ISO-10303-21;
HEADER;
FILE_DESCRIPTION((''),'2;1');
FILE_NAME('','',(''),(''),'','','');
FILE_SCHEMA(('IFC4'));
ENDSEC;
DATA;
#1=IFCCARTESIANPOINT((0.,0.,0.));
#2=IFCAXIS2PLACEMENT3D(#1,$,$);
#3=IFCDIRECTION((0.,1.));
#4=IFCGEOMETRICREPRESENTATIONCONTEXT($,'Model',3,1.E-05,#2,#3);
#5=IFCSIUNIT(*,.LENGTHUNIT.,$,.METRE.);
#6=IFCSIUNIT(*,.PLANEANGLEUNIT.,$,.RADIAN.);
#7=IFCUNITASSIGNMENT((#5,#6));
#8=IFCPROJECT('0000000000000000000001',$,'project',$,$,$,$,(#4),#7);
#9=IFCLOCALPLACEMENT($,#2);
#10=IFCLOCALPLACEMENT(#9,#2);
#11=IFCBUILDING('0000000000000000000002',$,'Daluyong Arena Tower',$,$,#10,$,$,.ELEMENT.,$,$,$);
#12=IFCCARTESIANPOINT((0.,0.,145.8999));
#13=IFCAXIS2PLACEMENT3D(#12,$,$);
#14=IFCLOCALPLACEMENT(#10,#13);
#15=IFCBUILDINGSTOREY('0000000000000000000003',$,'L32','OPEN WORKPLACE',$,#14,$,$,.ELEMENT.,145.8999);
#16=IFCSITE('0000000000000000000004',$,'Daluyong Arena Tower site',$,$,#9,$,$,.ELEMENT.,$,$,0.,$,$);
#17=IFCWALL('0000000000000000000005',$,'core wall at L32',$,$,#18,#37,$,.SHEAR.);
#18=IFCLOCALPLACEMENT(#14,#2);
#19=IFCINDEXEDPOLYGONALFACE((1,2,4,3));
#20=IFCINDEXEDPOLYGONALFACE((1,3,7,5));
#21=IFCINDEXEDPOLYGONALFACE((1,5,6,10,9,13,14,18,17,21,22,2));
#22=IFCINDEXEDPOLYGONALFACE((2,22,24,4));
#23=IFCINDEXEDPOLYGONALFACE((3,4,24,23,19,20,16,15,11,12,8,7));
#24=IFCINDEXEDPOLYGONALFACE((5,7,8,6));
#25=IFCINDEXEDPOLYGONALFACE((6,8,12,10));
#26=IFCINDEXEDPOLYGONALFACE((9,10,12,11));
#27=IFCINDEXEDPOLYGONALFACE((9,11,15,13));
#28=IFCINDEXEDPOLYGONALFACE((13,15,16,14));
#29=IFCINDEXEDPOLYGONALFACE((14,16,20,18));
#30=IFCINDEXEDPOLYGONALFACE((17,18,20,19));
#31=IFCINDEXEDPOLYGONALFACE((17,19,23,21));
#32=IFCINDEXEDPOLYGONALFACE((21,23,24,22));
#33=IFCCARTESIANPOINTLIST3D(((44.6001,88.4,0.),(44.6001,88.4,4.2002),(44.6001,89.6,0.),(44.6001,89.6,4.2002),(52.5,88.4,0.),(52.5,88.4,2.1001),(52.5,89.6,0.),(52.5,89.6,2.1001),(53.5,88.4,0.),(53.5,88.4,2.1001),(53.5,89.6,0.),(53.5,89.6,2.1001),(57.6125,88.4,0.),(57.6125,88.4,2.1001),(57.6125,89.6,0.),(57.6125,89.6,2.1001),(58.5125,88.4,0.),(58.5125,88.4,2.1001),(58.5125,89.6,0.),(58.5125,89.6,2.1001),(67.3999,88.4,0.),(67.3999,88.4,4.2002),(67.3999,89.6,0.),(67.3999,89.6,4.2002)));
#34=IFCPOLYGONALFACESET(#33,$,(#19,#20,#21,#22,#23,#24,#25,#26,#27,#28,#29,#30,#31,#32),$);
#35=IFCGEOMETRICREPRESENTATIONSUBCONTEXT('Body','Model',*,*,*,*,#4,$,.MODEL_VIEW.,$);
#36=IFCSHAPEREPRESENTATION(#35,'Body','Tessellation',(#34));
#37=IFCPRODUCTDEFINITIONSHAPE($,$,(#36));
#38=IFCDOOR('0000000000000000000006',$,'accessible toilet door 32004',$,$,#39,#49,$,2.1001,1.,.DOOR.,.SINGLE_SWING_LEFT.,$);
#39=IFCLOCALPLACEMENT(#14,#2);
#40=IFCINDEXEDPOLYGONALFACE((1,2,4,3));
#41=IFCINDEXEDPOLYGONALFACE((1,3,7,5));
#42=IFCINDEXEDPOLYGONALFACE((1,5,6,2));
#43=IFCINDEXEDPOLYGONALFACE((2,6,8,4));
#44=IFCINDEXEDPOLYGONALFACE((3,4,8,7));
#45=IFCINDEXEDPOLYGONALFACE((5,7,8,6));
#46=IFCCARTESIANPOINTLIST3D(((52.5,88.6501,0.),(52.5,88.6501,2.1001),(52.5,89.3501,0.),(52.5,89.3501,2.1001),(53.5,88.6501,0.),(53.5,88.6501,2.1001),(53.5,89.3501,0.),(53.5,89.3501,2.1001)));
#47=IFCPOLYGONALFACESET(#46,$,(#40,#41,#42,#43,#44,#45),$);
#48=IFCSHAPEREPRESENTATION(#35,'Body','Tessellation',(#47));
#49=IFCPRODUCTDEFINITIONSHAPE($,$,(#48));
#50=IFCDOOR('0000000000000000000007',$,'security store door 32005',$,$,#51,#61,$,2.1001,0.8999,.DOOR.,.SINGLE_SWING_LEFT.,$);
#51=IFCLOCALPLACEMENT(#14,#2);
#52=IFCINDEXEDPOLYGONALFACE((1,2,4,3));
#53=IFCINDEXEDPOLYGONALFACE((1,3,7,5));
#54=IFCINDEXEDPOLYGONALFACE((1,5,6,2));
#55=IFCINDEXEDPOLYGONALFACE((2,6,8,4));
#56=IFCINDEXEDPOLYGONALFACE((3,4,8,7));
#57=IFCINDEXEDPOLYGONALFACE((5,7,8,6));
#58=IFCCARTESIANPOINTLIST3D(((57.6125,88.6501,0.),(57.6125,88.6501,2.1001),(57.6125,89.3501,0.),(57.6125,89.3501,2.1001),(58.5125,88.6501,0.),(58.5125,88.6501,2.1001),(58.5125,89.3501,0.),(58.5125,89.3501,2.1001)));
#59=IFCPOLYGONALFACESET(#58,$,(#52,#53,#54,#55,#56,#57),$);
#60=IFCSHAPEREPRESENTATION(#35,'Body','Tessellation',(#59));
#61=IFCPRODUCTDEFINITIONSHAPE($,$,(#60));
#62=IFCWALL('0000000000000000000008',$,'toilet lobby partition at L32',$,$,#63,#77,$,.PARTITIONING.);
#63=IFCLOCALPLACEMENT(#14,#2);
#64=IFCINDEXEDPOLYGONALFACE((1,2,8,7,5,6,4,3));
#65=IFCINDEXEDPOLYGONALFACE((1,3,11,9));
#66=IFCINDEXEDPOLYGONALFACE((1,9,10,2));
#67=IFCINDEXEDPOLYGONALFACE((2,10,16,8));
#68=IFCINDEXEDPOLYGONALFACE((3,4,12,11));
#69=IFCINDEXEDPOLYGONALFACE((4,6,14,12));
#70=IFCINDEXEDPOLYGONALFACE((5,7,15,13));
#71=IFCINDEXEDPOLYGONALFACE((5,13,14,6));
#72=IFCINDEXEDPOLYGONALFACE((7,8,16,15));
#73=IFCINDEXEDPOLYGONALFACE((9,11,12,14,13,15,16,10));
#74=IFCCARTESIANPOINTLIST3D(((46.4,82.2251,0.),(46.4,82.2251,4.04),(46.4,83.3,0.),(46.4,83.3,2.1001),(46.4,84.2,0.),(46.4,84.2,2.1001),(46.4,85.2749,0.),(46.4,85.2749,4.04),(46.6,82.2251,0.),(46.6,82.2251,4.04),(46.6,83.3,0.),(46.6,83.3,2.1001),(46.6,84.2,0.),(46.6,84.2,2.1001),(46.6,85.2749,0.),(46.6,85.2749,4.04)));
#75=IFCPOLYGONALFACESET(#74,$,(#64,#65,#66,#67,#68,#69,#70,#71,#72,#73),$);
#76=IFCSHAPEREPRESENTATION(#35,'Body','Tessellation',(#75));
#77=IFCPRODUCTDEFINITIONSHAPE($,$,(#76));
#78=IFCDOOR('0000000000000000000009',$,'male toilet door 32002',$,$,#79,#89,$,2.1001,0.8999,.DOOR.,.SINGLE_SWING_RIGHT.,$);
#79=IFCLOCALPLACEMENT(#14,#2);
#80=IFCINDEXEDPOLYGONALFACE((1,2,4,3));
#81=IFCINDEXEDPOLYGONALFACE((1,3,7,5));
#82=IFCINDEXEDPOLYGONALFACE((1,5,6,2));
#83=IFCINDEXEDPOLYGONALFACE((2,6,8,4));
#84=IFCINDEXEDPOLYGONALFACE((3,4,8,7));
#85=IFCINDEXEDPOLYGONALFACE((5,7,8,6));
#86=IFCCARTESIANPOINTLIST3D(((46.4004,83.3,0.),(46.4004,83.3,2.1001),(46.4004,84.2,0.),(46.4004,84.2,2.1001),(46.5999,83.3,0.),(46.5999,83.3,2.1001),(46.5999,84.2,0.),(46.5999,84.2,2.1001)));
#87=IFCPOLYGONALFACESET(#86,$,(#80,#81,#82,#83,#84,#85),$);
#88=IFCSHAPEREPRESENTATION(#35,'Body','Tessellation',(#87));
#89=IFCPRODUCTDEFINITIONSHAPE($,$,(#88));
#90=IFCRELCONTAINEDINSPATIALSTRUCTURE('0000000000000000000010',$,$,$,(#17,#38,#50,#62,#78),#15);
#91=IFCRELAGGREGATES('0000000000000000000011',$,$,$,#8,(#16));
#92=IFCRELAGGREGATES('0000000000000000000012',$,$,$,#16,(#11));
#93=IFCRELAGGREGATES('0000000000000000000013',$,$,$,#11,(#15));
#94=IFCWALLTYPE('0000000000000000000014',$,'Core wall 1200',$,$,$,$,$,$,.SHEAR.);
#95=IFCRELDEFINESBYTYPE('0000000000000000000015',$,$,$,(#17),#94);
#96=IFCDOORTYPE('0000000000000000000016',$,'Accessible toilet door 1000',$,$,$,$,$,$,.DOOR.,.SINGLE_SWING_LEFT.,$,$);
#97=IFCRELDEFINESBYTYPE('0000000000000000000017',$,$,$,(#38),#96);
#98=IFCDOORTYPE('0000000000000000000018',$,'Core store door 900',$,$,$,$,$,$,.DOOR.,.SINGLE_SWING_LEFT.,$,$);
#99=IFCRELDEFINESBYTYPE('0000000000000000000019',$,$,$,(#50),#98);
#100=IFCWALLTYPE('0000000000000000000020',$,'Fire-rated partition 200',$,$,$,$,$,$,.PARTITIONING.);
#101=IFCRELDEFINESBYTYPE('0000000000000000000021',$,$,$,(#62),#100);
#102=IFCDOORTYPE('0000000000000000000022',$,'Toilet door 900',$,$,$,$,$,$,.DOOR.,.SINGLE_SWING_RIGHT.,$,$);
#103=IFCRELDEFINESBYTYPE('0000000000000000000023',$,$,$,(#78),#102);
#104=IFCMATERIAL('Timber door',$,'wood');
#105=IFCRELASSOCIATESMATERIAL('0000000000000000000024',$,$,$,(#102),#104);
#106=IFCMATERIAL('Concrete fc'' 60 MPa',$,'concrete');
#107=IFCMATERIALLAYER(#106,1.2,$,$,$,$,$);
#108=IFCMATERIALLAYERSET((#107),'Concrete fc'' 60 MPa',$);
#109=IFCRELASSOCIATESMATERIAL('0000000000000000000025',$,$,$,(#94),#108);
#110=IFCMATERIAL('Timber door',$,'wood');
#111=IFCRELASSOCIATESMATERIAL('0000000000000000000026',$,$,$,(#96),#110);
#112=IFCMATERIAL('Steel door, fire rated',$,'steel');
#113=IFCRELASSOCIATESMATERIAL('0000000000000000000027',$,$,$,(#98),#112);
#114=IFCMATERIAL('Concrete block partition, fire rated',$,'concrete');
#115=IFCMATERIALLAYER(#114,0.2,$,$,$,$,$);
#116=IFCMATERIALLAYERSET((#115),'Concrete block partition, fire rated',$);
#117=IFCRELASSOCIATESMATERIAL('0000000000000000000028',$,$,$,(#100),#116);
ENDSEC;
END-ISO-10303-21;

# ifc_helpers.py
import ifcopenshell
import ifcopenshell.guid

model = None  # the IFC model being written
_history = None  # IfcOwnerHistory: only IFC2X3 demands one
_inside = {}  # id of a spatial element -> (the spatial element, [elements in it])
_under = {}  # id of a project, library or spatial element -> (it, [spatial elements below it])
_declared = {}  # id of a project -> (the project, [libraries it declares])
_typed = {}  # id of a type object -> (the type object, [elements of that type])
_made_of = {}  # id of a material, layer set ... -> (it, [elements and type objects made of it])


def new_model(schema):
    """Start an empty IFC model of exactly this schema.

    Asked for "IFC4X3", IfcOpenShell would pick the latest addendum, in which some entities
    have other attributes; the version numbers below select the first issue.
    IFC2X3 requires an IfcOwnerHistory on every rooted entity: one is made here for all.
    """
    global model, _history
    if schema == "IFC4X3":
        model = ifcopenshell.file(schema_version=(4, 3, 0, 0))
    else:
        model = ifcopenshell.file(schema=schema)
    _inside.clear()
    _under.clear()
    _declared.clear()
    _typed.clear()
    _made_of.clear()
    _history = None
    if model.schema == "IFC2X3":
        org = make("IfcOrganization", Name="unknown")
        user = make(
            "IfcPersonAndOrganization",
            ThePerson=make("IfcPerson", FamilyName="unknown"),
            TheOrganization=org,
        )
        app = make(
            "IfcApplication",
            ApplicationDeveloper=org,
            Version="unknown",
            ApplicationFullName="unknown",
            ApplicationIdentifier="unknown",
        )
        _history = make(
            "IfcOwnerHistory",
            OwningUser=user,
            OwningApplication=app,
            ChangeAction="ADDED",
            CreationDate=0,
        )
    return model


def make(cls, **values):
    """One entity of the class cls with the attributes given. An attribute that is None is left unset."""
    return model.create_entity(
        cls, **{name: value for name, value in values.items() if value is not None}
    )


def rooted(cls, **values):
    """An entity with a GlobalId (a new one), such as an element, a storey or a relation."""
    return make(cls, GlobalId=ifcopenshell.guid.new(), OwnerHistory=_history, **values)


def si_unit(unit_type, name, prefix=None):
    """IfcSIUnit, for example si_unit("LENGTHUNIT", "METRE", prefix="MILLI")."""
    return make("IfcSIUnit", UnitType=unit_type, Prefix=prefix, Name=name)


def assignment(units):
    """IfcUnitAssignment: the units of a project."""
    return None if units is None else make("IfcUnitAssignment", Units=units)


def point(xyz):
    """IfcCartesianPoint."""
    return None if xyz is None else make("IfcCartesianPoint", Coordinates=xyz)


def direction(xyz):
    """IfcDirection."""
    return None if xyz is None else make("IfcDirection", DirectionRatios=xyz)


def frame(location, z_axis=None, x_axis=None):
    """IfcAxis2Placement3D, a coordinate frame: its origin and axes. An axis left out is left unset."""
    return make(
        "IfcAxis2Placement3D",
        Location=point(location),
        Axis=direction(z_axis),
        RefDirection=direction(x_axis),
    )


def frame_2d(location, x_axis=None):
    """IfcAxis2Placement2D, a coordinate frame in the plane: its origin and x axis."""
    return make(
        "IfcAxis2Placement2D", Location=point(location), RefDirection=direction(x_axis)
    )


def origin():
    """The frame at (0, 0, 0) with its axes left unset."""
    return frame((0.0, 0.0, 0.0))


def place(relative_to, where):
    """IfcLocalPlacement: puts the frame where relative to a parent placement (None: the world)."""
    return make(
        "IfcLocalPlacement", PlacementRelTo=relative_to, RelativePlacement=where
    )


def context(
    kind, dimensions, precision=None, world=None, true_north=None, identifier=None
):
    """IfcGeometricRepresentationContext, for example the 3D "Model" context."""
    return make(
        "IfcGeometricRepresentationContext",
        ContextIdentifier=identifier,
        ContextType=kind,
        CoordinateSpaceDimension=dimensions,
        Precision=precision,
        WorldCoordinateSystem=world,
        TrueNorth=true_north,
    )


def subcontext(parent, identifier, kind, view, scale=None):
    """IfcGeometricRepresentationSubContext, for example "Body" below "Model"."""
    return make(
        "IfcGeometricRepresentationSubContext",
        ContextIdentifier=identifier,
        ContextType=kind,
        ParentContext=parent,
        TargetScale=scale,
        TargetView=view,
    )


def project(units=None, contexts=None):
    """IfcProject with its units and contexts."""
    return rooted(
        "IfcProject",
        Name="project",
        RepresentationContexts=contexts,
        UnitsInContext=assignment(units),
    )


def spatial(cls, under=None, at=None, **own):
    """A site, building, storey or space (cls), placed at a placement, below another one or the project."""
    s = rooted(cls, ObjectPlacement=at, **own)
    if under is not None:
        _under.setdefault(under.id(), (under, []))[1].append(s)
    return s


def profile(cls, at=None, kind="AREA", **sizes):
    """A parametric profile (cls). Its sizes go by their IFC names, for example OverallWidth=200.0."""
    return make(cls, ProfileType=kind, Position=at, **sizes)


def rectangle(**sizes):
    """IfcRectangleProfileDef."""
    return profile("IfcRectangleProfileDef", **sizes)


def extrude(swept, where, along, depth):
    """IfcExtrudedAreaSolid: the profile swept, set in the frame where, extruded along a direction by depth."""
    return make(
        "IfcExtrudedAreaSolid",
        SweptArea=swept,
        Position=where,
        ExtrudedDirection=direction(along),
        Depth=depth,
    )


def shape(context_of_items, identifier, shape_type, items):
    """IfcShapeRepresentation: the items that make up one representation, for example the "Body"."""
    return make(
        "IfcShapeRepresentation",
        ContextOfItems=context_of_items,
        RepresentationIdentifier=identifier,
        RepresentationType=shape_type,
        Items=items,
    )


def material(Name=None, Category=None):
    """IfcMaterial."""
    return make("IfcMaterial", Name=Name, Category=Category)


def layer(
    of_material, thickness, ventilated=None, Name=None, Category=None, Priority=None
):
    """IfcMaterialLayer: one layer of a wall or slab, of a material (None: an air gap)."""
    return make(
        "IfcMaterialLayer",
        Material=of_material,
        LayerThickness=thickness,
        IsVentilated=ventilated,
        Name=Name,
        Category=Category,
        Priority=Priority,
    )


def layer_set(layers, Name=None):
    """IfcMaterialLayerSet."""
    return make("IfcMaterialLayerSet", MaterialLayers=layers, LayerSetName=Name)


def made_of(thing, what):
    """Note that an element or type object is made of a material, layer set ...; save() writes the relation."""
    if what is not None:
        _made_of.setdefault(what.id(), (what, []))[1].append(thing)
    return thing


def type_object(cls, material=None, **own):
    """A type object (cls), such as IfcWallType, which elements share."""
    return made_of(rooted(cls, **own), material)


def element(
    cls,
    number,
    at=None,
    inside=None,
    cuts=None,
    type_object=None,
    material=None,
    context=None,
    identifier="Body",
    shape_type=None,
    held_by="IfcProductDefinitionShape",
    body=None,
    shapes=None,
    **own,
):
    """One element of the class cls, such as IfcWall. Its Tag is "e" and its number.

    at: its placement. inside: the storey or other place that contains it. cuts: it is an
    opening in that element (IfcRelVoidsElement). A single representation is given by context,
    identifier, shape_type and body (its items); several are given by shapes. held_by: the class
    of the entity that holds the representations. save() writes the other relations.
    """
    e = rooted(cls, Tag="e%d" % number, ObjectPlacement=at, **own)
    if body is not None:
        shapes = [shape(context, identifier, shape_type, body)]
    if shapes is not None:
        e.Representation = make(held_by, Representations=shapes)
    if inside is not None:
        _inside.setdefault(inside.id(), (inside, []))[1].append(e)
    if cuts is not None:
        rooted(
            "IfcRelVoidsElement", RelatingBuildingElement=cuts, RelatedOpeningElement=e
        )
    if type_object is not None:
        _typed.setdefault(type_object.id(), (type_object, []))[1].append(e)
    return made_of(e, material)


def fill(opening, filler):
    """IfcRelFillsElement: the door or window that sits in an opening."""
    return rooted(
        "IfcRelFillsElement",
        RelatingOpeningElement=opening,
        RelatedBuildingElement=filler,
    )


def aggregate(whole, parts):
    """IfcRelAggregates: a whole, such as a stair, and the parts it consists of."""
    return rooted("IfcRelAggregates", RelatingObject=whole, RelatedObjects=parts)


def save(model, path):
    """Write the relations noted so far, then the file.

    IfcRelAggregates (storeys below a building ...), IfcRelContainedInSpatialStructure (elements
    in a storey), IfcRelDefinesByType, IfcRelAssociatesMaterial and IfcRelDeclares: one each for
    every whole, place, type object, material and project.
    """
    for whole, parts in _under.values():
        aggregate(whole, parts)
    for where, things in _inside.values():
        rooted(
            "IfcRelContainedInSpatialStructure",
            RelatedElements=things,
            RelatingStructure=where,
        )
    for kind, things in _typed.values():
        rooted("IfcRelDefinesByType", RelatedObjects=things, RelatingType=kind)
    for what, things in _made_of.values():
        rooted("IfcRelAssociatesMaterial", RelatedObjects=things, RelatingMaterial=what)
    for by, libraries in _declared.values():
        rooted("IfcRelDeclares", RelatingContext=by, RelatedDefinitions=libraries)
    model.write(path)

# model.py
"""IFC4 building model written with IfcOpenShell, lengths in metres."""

from ifc_helpers import new_model, si_unit, direction, frame, frame_2d, origin, place, context, subcontext, project, spatial, rectangle, extrude, material, layer, layer_set, type_object, element, fill, save


model = new_model("IFC4")

# Units and contexts
model_context = context("Model", 3, precision=1e-05, world=origin(), true_north=direction((0.0, 1.0)))
body_context = subcontext(model_context, "Body", "Model", "MODEL_VIEW")
ifc_project = project(units=[si_unit("LENGTHUNIT", "METRE"), si_unit("PLANEANGLEUNIT", "RADIAN")], contexts=[model_context])

# Site, building, storey
site_placement = place(None, origin())
site = spatial("IfcSite", under=ifc_project, at=site_placement, Name="Daluyong Arena Tower site", CompositionType="ELEMENT", RefElevation=0.0)
building_placement = place(site_placement, origin())
building = spatial("IfcBuilding", under=site, at=building_placement, Name="Daluyong Arena Tower", CompositionType="ELEMENT")
storey_placement = place(building_placement, frame((0.0, 0.0, 145.8999)))
storey = spatial("IfcBuildingStorey", under=building, at=storey_placement, Name="L32", Description="OPEN WORKPLACE", CompositionType="ELEMENT", Elevation=145.8999)

# Shared definitions
ifc_material_1 = material(Name="Timber door", Category="wood")
door_type_1 = type_object("IfcDoorType", Name="Toilet door 900", OperationType="SINGLE_SWING_RIGHT", PredefinedType="DOOR", material=ifc_material_1)

# Wall, openings, doors
ifc_material_2 = material(Name="Concrete fc' 60 MPa", Category="concrete")
ifc_layer_1 = layer(ifc_material_2, 1.2)
ifc_layer_set_1 = layer_set([ifc_layer_1], Name="Concrete fc' 60 MPa")
wall_type_1 = type_object("IfcWallType", Name="Core wall 1200", PredefinedType="SHEAR", material=ifc_layer_set_1)
wall_1_placement = place(storey_placement, frame((44.6001, 89.0, 0.0), z_axis=(0.0, 0.0, 1.0), x_axis=(1.0, 0.0, 0.0)))
wall_1 = element("IfcWall", 1, at=wall_1_placement, inside=storey, type_object=wall_type_1, Name="core wall at L32", PredefinedType="SHEAR", context=body_context, shape_type="SweptSolid", body=[
    extrude(rectangle(XDim=22.7998, YDim=1.2, at=frame_2d((11.3999, 0.0))), origin(), (0.0, 0.0, 1.0), 4.2002),
])
opening_1_placement = place(wall_1_placement, frame((7.8999, 0.0, 0.0)))
opening_1 = element("IfcOpeningElement", 2, at=opening_1_placement, cuts=wall_1, PredefinedType="OPENING", context=body_context, shape_type="SweptSolid", body=[
    extrude(rectangle(XDim=1.0, YDim=2.1001, at=frame_2d((0.5, 1.05))), frame((0.0, 0.6099, 0.0), z_axis=(0.0, -1.0, 0.0), x_axis=(1.0, 0.0, 0.0)), (0.0, 0.0, 1.0), 1.22),
])
opening_2_placement = place(wall_1_placement, frame((13.0125, 0.0, 0.0)))
opening_2 = element("IfcOpeningElement", 3, at=opening_2_placement, cuts=wall_1, PredefinedType="OPENING", context=body_context, shape_type="SweptSolid", body=[
    extrude(rectangle(XDim=0.8999, YDim=2.1001, at=frame_2d((0.45, 1.05))), frame((0.0, 0.6099, 0.0), z_axis=(0.0, -1.0, 0.0), x_axis=(1.0, 0.0, 0.0)), (0.0, 0.0, 1.0), 1.22),
])
ifc_material_3 = material(Name="Timber door", Category="wood")
door_type_2 = type_object("IfcDoorType", Name="Accessible toilet door 1000", OperationType="SINGLE_SWING_LEFT", PredefinedType="DOOR", material=ifc_material_3)
door_1_placement = place(opening_1_placement, origin())
door_1 = element("IfcDoor", 4, at=door_1_placement, inside=storey, type_object=door_type_2, Name="accessible toilet door 32004", OperationType="SINGLE_SWING_LEFT", OverallHeight=2.1001, OverallWidth=1.0, PredefinedType="DOOR", context=body_context, shape_type="SweptSolid", body=[
    extrude(rectangle(XDim=1.0, YDim=2.1001, at=frame_2d((0.5, 1.05))), frame((0.0, 0.3501, 0.0), z_axis=(0.0, -1.0, 0.0), x_axis=(1.0, 0.0, 0.0)), (0.0, 0.0, 1.0), 0.7),
])
fill(opening_1, door_1)
ifc_material_4 = material(Name="Steel door, fire rated", Category="steel")
door_type_3 = type_object("IfcDoorType", Name="Core store door 900", OperationType="SINGLE_SWING_LEFT", PredefinedType="DOOR", material=ifc_material_4)
door_2_placement = place(opening_2_placement, origin())
door_2 = element("IfcDoor", 5, at=door_2_placement, inside=storey, type_object=door_type_3, Name="security store door 32005", OperationType="SINGLE_SWING_LEFT", OverallHeight=2.1001, OverallWidth=0.8999, PredefinedType="DOOR", context=body_context, shape_type="SweptSolid", body=[
    extrude(rectangle(XDim=0.8999, YDim=2.1001, at=frame_2d((0.45, 1.05))), frame((0.0, 0.3501, 0.0), z_axis=(0.0, -1.0, 0.0), x_axis=(1.0, 0.0, 0.0)), (0.0, 0.0, 1.0), 0.7),
])
fill(opening_2, door_2)

# Wall, opening, door
ifc_material_5 = material(Name="Concrete block partition, fire rated", Category="concrete")
ifc_layer_2 = layer(ifc_material_5, 0.2)
ifc_layer_set_2 = layer_set([ifc_layer_2], Name="Concrete block partition, fire rated")
wall_type_2 = type_object("IfcWallType", Name="Fire-rated partition 200", PredefinedType="PARTITIONING", material=ifc_layer_set_2)
wall_2_placement = place(storey_placement, frame((46.5, 82.2251, 0.0), z_axis=(0.0, 0.0, 1.0), x_axis=(0.0, 1.0, 0.0)))
wall_2 = element("IfcWall", 6, at=wall_2_placement, inside=storey, type_object=wall_type_2, Name="toilet lobby partition at L32", PredefinedType="PARTITIONING", context=body_context, shape_type="SweptSolid", body=[
    extrude(rectangle(XDim=3.0498, YDim=0.2, at=frame_2d((1.5249, 0.0))), origin(), (0.0, 0.0, 1.0), 4.04),
])
opening_3_placement = place(wall_2_placement, frame((1.075, 0.0, 0.0)))
opening_3 = element("IfcOpeningElement", 7, at=opening_3_placement, cuts=wall_2, PredefinedType="OPENING", context=body_context, shape_type="SweptSolid", body=[
    extrude(rectangle(XDim=0.8999, YDim=2.1001, at=frame_2d((0.45, 1.05))), frame((0.0, 0.1099, 0.0), z_axis=(0.0, -1.0, 0.0), x_axis=(1.0, 0.0, 0.0)), (0.0, 0.0, 1.0), 0.22),
])
door_3_placement = place(opening_3_placement, origin())
door_3 = element("IfcDoor", 8, at=door_3_placement, inside=storey, type_object=door_type_1, Name="male toilet door 32002", OperationType="SINGLE_SWING_RIGHT", OverallHeight=2.1001, OverallWidth=0.8999, PredefinedType="DOOR", context=body_context, shape_type="SweptSolid", body=[
    extrude(rectangle(XDim=0.8999, YDim=2.1001, at=frame_2d((0.45, 1.05))), frame((0.0, 0.0996, 0.0), z_axis=(0.0, -1.0, 0.0), x_axis=(1.0, 0.0, 0.0)), (0.0, 0.0, 1.0), 0.1995),
])
fill(opening_3, door_3)

save(model, "model.ifc")
